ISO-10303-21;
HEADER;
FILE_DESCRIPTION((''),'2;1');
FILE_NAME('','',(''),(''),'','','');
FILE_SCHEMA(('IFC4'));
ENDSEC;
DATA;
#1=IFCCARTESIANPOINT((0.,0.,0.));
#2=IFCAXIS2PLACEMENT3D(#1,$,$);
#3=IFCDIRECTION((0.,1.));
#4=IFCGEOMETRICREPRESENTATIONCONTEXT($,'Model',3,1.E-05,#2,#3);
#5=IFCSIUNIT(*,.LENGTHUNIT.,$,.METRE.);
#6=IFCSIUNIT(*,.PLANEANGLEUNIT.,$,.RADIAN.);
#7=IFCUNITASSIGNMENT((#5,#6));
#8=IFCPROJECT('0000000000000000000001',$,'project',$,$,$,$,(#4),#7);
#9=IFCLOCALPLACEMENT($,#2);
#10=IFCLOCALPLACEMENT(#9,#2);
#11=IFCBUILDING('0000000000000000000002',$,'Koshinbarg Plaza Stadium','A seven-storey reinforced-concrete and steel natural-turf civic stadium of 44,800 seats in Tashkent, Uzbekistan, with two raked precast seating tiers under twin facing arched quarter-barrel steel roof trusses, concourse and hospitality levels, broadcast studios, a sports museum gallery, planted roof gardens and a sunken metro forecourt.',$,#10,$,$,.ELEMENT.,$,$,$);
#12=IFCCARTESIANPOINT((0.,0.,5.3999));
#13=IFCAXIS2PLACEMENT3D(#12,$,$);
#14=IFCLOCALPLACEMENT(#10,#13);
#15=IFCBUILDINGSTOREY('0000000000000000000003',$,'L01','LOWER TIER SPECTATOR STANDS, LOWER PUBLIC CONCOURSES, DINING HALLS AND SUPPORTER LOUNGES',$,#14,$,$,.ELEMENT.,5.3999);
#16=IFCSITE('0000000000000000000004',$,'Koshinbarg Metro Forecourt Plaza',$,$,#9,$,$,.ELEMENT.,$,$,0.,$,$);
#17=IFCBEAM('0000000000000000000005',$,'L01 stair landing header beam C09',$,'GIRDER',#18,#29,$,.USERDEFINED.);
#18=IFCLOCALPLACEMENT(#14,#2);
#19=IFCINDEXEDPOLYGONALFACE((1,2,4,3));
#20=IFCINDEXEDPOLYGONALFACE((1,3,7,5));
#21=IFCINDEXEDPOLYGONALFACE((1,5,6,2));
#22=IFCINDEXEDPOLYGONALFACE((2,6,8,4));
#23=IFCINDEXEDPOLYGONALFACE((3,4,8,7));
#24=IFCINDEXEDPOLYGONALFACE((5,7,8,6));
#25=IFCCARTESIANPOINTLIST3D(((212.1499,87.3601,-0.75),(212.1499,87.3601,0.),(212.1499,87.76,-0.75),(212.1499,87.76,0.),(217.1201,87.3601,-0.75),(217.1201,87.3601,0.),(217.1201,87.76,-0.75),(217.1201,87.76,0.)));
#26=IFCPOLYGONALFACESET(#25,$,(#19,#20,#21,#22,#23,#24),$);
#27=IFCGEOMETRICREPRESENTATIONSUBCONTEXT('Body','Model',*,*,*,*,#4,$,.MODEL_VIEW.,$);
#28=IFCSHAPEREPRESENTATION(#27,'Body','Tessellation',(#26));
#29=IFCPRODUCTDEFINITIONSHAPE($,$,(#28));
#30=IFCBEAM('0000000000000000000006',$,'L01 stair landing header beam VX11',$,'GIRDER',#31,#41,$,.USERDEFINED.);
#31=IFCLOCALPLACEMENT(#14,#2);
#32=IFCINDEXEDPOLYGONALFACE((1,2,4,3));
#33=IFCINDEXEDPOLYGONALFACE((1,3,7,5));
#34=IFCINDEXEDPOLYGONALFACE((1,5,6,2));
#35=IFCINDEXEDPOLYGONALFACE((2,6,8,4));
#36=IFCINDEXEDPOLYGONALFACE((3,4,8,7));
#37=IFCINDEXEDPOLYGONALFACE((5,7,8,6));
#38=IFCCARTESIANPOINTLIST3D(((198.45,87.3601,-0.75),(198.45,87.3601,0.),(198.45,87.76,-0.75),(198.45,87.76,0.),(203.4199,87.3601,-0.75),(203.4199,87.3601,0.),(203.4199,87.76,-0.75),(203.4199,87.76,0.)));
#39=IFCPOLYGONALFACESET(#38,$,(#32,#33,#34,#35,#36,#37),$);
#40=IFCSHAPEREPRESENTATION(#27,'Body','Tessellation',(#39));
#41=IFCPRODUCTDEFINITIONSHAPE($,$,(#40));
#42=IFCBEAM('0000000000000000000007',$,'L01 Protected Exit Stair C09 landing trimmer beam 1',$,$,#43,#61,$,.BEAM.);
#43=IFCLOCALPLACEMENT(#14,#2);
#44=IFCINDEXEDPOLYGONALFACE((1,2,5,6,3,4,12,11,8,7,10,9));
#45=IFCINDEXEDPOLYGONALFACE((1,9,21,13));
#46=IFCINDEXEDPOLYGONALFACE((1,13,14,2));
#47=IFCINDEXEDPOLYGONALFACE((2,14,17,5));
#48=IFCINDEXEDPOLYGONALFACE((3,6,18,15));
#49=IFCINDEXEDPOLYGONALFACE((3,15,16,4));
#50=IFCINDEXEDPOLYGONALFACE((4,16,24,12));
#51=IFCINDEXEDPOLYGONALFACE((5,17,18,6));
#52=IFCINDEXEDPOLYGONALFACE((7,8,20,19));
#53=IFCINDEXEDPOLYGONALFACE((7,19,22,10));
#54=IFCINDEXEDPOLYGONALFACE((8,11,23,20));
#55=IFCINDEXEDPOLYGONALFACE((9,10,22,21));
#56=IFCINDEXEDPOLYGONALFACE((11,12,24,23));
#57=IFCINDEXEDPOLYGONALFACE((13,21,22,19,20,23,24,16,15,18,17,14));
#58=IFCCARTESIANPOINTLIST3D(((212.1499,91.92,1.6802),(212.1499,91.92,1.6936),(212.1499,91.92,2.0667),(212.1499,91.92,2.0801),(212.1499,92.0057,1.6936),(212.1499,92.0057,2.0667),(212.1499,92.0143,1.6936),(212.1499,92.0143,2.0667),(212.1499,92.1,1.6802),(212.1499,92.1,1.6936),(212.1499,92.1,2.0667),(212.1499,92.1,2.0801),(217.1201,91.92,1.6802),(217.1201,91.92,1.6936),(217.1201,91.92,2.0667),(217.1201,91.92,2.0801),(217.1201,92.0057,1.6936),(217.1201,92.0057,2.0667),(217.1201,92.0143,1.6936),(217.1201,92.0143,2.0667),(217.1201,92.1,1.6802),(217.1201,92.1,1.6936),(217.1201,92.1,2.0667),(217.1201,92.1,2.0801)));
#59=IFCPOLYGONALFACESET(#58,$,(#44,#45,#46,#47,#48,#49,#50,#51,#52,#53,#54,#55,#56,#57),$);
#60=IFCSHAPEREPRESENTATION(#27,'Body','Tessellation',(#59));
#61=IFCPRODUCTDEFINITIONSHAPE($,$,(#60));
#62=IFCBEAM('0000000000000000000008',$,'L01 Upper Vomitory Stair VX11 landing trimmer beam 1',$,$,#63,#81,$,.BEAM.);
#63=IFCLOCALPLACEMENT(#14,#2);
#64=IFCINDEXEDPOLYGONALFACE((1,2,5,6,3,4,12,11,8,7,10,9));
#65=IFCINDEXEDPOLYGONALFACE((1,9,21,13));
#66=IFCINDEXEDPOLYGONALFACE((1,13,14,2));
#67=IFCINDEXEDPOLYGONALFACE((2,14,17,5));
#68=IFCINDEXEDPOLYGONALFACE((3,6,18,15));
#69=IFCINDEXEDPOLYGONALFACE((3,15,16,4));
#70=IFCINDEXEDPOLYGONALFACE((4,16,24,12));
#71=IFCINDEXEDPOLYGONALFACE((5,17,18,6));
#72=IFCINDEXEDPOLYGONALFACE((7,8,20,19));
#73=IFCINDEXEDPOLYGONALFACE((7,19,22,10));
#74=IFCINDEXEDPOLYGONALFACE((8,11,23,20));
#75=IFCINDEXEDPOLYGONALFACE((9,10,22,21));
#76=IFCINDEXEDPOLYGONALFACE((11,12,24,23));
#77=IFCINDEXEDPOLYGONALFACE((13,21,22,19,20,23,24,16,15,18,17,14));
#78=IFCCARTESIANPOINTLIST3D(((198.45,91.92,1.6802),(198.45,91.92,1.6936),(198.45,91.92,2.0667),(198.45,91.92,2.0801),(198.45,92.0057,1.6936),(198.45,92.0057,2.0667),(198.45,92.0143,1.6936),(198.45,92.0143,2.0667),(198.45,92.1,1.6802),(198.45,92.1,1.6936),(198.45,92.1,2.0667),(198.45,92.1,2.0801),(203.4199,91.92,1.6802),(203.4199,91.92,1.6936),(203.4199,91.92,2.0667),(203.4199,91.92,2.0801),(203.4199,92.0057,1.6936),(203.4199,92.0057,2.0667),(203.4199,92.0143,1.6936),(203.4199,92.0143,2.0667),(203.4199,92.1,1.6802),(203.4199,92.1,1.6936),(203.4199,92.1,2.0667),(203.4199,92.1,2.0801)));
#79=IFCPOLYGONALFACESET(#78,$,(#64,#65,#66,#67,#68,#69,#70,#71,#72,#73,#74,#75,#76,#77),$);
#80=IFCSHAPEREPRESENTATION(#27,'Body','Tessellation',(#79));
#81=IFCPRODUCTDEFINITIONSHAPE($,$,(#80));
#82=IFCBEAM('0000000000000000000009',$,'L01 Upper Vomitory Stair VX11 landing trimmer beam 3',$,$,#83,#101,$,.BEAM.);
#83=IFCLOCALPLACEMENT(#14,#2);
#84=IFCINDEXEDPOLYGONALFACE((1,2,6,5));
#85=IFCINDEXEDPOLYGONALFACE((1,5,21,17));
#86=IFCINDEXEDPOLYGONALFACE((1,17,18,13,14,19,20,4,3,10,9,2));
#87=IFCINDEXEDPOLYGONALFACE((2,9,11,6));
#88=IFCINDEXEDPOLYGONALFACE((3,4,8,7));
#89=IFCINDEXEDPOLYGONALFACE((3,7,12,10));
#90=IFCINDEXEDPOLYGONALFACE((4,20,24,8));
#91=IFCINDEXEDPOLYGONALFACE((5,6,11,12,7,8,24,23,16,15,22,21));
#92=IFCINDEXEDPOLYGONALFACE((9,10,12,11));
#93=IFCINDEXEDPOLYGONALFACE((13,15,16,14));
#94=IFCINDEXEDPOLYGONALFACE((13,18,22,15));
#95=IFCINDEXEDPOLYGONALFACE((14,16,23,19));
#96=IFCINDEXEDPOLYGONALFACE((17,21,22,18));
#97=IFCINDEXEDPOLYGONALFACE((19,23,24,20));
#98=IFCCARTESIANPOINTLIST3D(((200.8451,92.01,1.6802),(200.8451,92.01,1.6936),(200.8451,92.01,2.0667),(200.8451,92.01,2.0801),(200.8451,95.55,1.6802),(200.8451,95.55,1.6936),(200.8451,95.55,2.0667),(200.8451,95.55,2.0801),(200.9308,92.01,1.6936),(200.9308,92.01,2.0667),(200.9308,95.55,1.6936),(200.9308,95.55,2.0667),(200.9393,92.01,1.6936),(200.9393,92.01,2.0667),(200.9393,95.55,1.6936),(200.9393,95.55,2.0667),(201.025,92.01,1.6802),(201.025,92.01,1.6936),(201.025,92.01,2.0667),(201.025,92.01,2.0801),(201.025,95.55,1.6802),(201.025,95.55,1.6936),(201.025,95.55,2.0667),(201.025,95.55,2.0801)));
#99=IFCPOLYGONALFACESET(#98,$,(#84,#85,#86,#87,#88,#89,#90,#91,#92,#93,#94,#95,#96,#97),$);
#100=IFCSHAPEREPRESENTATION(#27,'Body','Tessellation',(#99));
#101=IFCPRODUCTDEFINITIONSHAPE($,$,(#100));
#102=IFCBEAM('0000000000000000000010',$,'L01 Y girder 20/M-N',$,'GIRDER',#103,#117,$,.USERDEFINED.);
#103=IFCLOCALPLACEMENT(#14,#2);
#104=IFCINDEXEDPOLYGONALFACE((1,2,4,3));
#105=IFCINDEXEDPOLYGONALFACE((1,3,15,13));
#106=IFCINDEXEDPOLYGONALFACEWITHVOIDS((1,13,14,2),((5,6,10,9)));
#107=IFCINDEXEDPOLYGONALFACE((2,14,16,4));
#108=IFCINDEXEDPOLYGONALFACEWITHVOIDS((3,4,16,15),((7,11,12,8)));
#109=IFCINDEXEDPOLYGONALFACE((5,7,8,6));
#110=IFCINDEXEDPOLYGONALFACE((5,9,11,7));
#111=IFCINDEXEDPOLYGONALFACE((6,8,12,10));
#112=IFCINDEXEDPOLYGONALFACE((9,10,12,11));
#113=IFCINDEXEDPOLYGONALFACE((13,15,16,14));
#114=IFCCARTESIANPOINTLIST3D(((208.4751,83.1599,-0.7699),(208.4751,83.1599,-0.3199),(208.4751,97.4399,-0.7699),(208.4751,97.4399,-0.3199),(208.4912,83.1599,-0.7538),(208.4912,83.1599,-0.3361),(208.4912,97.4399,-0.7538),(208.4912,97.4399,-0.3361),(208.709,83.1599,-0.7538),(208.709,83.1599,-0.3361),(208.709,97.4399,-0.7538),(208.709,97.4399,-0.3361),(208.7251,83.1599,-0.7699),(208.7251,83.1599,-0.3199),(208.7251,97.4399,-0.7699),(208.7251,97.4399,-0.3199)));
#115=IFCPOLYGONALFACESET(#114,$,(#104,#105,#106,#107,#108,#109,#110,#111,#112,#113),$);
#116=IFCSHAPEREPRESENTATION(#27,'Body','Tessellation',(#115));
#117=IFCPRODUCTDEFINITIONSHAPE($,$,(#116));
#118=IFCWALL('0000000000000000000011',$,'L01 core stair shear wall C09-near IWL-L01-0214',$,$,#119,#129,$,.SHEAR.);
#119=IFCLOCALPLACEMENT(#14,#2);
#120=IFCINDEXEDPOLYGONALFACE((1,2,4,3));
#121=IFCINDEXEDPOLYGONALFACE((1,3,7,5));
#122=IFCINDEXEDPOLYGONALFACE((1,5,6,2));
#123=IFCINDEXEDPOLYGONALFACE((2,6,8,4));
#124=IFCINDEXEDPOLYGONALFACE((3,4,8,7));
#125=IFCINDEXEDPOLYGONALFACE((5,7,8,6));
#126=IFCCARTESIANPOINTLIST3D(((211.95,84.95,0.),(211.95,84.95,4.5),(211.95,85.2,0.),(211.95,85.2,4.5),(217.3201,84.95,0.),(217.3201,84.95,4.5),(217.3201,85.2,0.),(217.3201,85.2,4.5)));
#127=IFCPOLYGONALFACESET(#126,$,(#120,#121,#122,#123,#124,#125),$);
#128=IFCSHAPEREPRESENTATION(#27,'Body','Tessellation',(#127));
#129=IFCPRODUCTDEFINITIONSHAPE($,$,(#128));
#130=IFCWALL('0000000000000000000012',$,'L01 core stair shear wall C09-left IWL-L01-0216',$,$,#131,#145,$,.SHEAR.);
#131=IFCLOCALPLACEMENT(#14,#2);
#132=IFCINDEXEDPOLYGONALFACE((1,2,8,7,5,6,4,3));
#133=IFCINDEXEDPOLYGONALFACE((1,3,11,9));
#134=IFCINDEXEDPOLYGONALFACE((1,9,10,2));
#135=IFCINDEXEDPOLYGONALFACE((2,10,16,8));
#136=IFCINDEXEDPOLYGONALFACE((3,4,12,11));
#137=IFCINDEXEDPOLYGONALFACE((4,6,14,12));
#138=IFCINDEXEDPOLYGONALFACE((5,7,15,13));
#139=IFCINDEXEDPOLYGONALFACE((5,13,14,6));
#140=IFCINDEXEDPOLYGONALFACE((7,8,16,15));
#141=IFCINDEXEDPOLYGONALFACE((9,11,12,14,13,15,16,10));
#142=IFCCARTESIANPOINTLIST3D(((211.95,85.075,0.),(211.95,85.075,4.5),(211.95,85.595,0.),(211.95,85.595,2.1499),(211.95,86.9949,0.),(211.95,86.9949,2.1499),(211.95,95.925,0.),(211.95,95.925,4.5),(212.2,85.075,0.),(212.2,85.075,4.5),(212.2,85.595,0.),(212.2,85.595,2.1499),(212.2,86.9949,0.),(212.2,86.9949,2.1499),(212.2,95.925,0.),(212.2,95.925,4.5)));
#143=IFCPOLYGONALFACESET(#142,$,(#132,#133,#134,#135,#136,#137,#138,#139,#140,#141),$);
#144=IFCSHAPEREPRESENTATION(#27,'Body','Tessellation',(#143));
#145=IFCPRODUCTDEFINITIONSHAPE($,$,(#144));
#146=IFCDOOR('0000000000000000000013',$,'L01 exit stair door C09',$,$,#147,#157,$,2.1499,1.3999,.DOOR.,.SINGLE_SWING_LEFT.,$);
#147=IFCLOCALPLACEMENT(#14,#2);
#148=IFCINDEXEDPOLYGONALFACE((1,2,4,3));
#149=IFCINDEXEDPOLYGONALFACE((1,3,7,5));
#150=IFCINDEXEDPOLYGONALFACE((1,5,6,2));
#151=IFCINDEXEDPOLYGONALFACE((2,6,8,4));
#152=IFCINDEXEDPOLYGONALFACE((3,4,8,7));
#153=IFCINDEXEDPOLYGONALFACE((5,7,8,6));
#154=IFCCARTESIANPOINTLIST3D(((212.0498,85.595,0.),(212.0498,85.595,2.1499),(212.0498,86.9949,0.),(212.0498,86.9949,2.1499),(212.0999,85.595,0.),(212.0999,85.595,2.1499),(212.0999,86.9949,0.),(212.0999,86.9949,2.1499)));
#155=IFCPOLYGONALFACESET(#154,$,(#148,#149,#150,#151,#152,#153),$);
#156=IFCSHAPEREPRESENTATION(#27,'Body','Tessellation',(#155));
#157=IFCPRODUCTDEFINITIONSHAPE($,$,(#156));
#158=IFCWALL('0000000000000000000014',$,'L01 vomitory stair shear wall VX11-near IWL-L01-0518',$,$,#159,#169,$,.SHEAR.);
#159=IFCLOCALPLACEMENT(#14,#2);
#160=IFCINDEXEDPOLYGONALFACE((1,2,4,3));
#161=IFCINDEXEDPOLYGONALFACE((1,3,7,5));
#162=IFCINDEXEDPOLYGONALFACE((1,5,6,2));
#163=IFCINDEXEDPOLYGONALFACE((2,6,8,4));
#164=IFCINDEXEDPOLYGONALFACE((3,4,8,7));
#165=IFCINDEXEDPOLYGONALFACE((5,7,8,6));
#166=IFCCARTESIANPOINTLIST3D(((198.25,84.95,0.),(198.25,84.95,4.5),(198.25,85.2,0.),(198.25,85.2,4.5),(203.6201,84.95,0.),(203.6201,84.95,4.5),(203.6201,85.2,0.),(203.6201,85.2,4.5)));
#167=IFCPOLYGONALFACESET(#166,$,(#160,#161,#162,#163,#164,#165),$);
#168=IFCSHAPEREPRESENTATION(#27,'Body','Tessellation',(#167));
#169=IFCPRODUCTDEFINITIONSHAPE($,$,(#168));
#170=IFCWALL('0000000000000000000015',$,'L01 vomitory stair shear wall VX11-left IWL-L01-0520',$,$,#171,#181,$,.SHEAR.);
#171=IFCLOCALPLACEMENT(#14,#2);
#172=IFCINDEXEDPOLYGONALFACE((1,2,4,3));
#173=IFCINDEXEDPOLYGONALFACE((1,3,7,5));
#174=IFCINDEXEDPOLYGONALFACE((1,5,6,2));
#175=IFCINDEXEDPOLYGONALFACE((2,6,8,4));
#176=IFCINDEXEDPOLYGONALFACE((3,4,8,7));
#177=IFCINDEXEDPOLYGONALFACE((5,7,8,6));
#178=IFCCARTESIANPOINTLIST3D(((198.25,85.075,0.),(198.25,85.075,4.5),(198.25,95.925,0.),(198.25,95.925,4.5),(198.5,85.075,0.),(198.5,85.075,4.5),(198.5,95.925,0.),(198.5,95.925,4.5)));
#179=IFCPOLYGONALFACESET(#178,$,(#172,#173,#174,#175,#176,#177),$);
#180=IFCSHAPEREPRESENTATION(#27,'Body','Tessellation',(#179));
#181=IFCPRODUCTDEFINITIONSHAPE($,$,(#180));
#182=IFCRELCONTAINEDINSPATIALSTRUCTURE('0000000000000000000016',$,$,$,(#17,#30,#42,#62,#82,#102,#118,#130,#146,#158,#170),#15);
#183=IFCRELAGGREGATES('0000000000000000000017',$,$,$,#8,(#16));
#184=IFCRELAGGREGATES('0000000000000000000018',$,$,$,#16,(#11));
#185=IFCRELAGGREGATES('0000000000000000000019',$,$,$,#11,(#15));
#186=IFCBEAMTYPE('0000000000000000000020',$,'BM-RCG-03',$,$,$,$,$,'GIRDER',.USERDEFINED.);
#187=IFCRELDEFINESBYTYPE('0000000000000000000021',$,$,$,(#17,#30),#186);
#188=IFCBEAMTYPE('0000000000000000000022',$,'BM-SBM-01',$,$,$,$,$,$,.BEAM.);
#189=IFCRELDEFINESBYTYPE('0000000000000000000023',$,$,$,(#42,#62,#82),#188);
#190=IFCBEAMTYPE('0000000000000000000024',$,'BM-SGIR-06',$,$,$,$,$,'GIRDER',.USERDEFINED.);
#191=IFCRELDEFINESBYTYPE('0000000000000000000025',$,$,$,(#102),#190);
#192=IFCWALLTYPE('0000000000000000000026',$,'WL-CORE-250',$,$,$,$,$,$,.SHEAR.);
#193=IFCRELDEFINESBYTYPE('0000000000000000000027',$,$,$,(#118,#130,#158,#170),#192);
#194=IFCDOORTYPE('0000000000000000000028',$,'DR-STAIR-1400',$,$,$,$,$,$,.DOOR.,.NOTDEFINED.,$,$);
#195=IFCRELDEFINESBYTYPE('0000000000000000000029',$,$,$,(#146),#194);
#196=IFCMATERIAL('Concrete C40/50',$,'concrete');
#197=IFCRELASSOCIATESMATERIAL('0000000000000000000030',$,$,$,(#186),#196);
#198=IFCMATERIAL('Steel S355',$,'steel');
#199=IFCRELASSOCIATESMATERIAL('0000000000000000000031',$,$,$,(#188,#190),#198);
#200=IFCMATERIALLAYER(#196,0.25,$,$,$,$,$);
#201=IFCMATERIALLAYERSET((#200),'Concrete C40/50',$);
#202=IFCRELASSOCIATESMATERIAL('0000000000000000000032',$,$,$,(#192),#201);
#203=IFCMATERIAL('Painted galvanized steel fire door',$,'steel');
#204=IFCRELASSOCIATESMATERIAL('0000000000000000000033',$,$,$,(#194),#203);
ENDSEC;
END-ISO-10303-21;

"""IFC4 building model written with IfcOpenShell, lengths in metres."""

from ifc_helpers import new_model, si_unit, direction, frame, frame_2d, origin, origin_2d, place, context, subcontext, project, spatial, rectangle, hollow_rectangle, i_section, extrude, material, layer, layer_set, material_profile, profile_set, type_object, element, fill, save


model = new_model("IFC4")

# Units and contexts
model_context = context("Model", 3, precision=1e-05, world=origin(), true_north=direction((0.0, 1.0)))
body_context = subcontext(model_context, "Body", "Model", "MODEL_VIEW")
ifc_project = project(units=[si_unit("LENGTHUNIT", "METRE"), si_unit("PLANEANGLEUNIT", "RADIAN")], contexts=[model_context])

# Site, building, storey
site_placement = place(None, origin())
site = spatial("IfcSite", under=ifc_project, at=site_placement, Name="Koshinbarg Metro Forecourt Plaza", CompositionType="ELEMENT", RefElevation=0.0)
building_placement = place(site_placement, origin())
building = spatial("IfcBuilding", under=site, at=building_placement, Name="Koshinbarg Plaza Stadium", Description="A seven-storey reinforced-concrete and steel natural-turf civic stadium of 44,800 seats in Tashkent, Uzbekistan, with two raked precast seating tiers under twin facing arched quarter-barrel steel roof trusses, concourse and hospitality levels, broadcast studios, a sports museum gallery, planted roof gardens and a sunken metro forecourt.", CompositionType="ELEMENT")
storey_placement = place(building_placement, frame((0.0, 0.0, 5.3999)))
storey = spatial("IfcBuildingStorey", under=building, at=storey_placement, Name="L01", Description="LOWER TIER SPECTATOR STANDS, LOWER PUBLIC CONCOURSES, DINING HALLS AND SUPPORTER LOUNGES", CompositionType="ELEMENT", Elevation=5.3999)

# Beams
ifc_material_1 = material(Name="Concrete C40/50", Category="concrete")
ifc_material_profile_1 = material_profile(ifc_material_1, rectangle(XDim=0.3999, YDim=0.75, at=origin_2d()), Name="RC 400x750")
ifc_profile_set_1 = profile_set([ifc_material_profile_1], Name="Concrete C40/50")
beam_type_1 = type_object("IfcBeamType", Name="BM-RCG-03", ElementType="GIRDER", PredefinedType="USERDEFINED", material=ifc_profile_set_1)
beam_1_placement = place(storey_placement, frame((212.1499, 87.5601, -0.375), z_axis=(1.0, 0.0, 0.0), x_axis=(0.0, 1.0, 0.0)))
element("IfcBeam", 1, at=beam_1_placement, inside=storey, type_object=beam_type_1, Name="L01 stair landing header beam C09", ObjectType="GIRDER", PredefinedType="USERDEFINED", context=body_context, shape_type="SweptSolid", body=[
    extrude(rectangle(XDim=0.3999, YDim=0.75, at=origin_2d()), origin(), (0.0, 0.0, 1.0), 4.9702),
])
beam_2_placement = place(storey_placement, frame((198.45, 87.5601, -0.375), z_axis=(1.0, 0.0, 0.0), x_axis=(0.0, 1.0, 0.0)))
element("IfcBeam", 2, at=beam_2_placement, inside=storey, type_object=beam_type_1, Name="L01 stair landing header beam VX11", ObjectType="GIRDER", PredefinedType="USERDEFINED", context=body_context, shape_type="SweptSolid", body=[
    extrude(rectangle(XDim=0.3999, YDim=0.75, at=origin_2d()), origin(), (0.0, 0.0, 1.0), 4.97),
])
ifc_material_2 = material(Name="Steel S355", Category="steel")
ifc_material_profile_2 = material_profile(ifc_material_2, i_section(OverallWidth=0.1799, OverallDepth=0.3999, WebThickness=0.0085, FlangeThickness=0.0134, at=origin_2d()), Name="IPE 400")
ifc_profile_set_2 = profile_set([ifc_material_profile_2], Name="Steel S355")
beam_type_2 = type_object("IfcBeamType", Name="BM-SBM-01", PredefinedType="BEAM", material=ifc_profile_set_2)
beam_3_placement = place(storey_placement, frame((212.1499, 92.01, 1.8801), z_axis=(1.0, 0.0, 0.0), x_axis=(0.0, 1.0, 0.0)))
element("IfcBeam", 3, at=beam_3_placement, inside=storey, type_object=beam_type_2, Name="L01 Protected Exit Stair C09 landing trimmer beam 1", PredefinedType="BEAM", context=body_context, shape_type="SweptSolid", body=[
    extrude(i_section(OverallWidth=0.1799, OverallDepth=0.3999, WebThickness=0.0085, FlangeThickness=0.0134, at=origin_2d()), origin(), (0.0, 0.0, 1.0), 4.9702),
])
beam_4_placement = place(storey_placement, frame((198.45, 92.01, 1.8801), z_axis=(1.0, 0.0, 0.0), x_axis=(0.0, 1.0, 0.0)))
element("IfcBeam", 4, at=beam_4_placement, inside=storey, type_object=beam_type_2, Name="L01 Upper Vomitory Stair VX11 landing trimmer beam 1", PredefinedType="BEAM", context=body_context, shape_type="SweptSolid", body=[
    extrude(i_section(OverallWidth=0.1799, OverallDepth=0.3999, WebThickness=0.0085, FlangeThickness=0.0134, at=origin_2d()), origin(), (0.0, 0.0, 1.0), 4.97),
])
beam_5_placement = place(storey_placement, frame((200.9351, 92.01, 1.8801), z_axis=(0.0, 1.0, 0.0), x_axis=(-1.0, 0.0, 0.0)))
element("IfcBeam", 5, at=beam_5_placement, inside=storey, type_object=beam_type_2, Name="L01 Upper Vomitory Stair VX11 landing trimmer beam 3", PredefinedType="BEAM", context=body_context, shape_type="SweptSolid", body=[
    extrude(i_section(OverallWidth=0.1799, OverallDepth=0.3999, WebThickness=0.0085, FlangeThickness=0.0134, at=origin_2d()), origin(), (0.0, 0.0, 1.0), 3.54),
])
ifc_material_profile_3 = material_profile(ifc_material_2, hollow_rectangle(XDim=0.25, YDim=0.45, WallThickness=0.0161, at=origin_2d()), Name="RHS 450x250x16")
ifc_profile_set_3 = profile_set([ifc_material_profile_3], Name="Steel S355")
beam_type_3 = type_object("IfcBeamType", Name="BM-SGIR-06", ElementType="GIRDER", PredefinedType="USERDEFINED", material=ifc_profile_set_3)
beam_6_placement = place(storey_placement, frame((208.6001, 83.1599, -0.5449), z_axis=(0.0, 1.0, 0.0), x_axis=(-1.0, 0.0, 0.0)))
element("IfcBeam", 6, at=beam_6_placement, inside=storey, type_object=beam_type_3, Name="L01 Y girder 20/M-N", ObjectType="GIRDER", PredefinedType="USERDEFINED", context=body_context, shape_type="SweptSolid", body=[
    extrude(hollow_rectangle(XDim=0.25, YDim=0.45, WallThickness=0.0161, at=origin_2d()), origin(), (0.0, 0.0, 1.0), 14.28),
])

# Wall
ifc_layer = layer(ifc_material_1, 0.25)
ifc_layer_set = layer_set([ifc_layer], Name="Concrete C40/50")
wall_type = type_object("IfcWallType", Name="WL-CORE-250", PredefinedType="SHEAR", material=ifc_layer_set)
wall_1_placement = place(storey_placement, frame((211.95, 85.075, 0.0), z_axis=(0.0, 0.0, 1.0), x_axis=(1.0, 0.0, 0.0)))
element("IfcWall", 7, at=wall_1_placement, inside=storey, type_object=wall_type, Name="L01 core stair shear wall C09-near IWL-L01-0214", PredefinedType="SHEAR", context=body_context, shape_type="SweptSolid", body=[
    extrude(rectangle(XDim=5.3701, YDim=0.25, at=frame_2d((2.6851, 0.0))), origin(), (0.0, 0.0, 1.0), 4.5),
])

# Wall, opening, door
wall_2_placement = place(storey_placement, frame((212.075, 85.075, 0.0), z_axis=(0.0, 0.0, 1.0), x_axis=(0.0, 1.0, 0.0)))
wall_2 = element("IfcWall", 8, at=wall_2_placement, inside=storey, type_object=wall_type, Name="L01 core stair shear wall C09-left IWL-L01-0216", PredefinedType="SHEAR", context=body_context, shape_type="SweptSolid", body=[
    extrude(rectangle(XDim=10.8501, YDim=0.25, at=frame_2d((5.425, 0.0))), origin(), (0.0, 0.0, 1.0), 4.5),
])
opening_1_placement = place(wall_2_placement, frame((0.52, 0.0, 0.0)))
opening_1 = element("IfcOpeningElement", 9, at=opening_1_placement, cuts=wall_2, PredefinedType="OPENING", context=body_context, shape_type="SweptSolid", body=[
    extrude(rectangle(XDim=1.3999, YDim=2.1499, at=frame_2d((0.7, 1.075))), frame((0.0, 0.135, 0.0), z_axis=(0.0, -1.0, 0.0), x_axis=(1.0, 0.0, 0.0)), (0.0, 0.0, 1.0), 0.27),
])
ifc_material_3 = material(Name="Painted galvanized steel fire door", Category="steel")
door_type_1 = type_object("IfcDoorType", Name="DR-STAIR-1400", OperationType="NOTDEFINED", PredefinedType="DOOR", material=ifc_material_3)
door_1_placement = place(opening_1_placement, frame((1.3999, 0.0, 0.0), z_axis=(0.0, 0.0, 1.0), x_axis=(-1.0, 0.0, 0.0)))
door_1 = element("IfcDoor", 10, at=door_1_placement, inside=storey, type_object=door_type_1, Name="L01 exit stair door C09", OperationType="SINGLE_SWING_LEFT", OverallHeight=2.1499, OverallWidth=1.3999, PredefinedType="DOOR", context=body_context, shape_type="SweptSolid", body=[
    extrude(rectangle(XDim=1.3999, YDim=2.1499, at=frame_2d((0.7, 1.075))), frame((0.0, 0.0249, 0.0), z_axis=(0.0, -1.0, 0.0), x_axis=(1.0, 0.0, 0.0)), (0.0, 0.0, 1.0), 0.05),
])
fill(opening_1, door_1)

# Walls
wall_3_placement = place(storey_placement, frame((198.25, 85.075, 0.0), z_axis=(0.0, 0.0, 1.0), x_axis=(1.0, 0.0, 0.0)))
element("IfcWall", 11, at=wall_3_placement, inside=storey, type_object=wall_type, Name="L01 vomitory stair shear wall VX11-near IWL-L01-0518", PredefinedType="SHEAR", context=body_context, shape_type="SweptSolid", body=[
    extrude(rectangle(XDim=5.3701, YDim=0.25, at=frame_2d((2.6851, 0.0))), origin(), (0.0, 0.0, 1.0), 4.5),
])
wall_4_placement = place(storey_placement, frame((198.375, 85.075, 0.0), z_axis=(0.0, 0.0, 1.0), x_axis=(0.0, 1.0, 0.0)))
element("IfcWall", 12, at=wall_4_placement, inside=storey, type_object=wall_type, Name="L01 vomitory stair shear wall VX11-left IWL-L01-0520", PredefinedType="SHEAR", context=body_context, shape_type="SweptSolid", body=[
    extrude(rectangle(XDim=10.8501, YDim=0.25, at=frame_2d((5.425, 0.0))), origin(), (0.0, 0.0, 1.0), 4.5),
])

save(model, "model.ifc")
